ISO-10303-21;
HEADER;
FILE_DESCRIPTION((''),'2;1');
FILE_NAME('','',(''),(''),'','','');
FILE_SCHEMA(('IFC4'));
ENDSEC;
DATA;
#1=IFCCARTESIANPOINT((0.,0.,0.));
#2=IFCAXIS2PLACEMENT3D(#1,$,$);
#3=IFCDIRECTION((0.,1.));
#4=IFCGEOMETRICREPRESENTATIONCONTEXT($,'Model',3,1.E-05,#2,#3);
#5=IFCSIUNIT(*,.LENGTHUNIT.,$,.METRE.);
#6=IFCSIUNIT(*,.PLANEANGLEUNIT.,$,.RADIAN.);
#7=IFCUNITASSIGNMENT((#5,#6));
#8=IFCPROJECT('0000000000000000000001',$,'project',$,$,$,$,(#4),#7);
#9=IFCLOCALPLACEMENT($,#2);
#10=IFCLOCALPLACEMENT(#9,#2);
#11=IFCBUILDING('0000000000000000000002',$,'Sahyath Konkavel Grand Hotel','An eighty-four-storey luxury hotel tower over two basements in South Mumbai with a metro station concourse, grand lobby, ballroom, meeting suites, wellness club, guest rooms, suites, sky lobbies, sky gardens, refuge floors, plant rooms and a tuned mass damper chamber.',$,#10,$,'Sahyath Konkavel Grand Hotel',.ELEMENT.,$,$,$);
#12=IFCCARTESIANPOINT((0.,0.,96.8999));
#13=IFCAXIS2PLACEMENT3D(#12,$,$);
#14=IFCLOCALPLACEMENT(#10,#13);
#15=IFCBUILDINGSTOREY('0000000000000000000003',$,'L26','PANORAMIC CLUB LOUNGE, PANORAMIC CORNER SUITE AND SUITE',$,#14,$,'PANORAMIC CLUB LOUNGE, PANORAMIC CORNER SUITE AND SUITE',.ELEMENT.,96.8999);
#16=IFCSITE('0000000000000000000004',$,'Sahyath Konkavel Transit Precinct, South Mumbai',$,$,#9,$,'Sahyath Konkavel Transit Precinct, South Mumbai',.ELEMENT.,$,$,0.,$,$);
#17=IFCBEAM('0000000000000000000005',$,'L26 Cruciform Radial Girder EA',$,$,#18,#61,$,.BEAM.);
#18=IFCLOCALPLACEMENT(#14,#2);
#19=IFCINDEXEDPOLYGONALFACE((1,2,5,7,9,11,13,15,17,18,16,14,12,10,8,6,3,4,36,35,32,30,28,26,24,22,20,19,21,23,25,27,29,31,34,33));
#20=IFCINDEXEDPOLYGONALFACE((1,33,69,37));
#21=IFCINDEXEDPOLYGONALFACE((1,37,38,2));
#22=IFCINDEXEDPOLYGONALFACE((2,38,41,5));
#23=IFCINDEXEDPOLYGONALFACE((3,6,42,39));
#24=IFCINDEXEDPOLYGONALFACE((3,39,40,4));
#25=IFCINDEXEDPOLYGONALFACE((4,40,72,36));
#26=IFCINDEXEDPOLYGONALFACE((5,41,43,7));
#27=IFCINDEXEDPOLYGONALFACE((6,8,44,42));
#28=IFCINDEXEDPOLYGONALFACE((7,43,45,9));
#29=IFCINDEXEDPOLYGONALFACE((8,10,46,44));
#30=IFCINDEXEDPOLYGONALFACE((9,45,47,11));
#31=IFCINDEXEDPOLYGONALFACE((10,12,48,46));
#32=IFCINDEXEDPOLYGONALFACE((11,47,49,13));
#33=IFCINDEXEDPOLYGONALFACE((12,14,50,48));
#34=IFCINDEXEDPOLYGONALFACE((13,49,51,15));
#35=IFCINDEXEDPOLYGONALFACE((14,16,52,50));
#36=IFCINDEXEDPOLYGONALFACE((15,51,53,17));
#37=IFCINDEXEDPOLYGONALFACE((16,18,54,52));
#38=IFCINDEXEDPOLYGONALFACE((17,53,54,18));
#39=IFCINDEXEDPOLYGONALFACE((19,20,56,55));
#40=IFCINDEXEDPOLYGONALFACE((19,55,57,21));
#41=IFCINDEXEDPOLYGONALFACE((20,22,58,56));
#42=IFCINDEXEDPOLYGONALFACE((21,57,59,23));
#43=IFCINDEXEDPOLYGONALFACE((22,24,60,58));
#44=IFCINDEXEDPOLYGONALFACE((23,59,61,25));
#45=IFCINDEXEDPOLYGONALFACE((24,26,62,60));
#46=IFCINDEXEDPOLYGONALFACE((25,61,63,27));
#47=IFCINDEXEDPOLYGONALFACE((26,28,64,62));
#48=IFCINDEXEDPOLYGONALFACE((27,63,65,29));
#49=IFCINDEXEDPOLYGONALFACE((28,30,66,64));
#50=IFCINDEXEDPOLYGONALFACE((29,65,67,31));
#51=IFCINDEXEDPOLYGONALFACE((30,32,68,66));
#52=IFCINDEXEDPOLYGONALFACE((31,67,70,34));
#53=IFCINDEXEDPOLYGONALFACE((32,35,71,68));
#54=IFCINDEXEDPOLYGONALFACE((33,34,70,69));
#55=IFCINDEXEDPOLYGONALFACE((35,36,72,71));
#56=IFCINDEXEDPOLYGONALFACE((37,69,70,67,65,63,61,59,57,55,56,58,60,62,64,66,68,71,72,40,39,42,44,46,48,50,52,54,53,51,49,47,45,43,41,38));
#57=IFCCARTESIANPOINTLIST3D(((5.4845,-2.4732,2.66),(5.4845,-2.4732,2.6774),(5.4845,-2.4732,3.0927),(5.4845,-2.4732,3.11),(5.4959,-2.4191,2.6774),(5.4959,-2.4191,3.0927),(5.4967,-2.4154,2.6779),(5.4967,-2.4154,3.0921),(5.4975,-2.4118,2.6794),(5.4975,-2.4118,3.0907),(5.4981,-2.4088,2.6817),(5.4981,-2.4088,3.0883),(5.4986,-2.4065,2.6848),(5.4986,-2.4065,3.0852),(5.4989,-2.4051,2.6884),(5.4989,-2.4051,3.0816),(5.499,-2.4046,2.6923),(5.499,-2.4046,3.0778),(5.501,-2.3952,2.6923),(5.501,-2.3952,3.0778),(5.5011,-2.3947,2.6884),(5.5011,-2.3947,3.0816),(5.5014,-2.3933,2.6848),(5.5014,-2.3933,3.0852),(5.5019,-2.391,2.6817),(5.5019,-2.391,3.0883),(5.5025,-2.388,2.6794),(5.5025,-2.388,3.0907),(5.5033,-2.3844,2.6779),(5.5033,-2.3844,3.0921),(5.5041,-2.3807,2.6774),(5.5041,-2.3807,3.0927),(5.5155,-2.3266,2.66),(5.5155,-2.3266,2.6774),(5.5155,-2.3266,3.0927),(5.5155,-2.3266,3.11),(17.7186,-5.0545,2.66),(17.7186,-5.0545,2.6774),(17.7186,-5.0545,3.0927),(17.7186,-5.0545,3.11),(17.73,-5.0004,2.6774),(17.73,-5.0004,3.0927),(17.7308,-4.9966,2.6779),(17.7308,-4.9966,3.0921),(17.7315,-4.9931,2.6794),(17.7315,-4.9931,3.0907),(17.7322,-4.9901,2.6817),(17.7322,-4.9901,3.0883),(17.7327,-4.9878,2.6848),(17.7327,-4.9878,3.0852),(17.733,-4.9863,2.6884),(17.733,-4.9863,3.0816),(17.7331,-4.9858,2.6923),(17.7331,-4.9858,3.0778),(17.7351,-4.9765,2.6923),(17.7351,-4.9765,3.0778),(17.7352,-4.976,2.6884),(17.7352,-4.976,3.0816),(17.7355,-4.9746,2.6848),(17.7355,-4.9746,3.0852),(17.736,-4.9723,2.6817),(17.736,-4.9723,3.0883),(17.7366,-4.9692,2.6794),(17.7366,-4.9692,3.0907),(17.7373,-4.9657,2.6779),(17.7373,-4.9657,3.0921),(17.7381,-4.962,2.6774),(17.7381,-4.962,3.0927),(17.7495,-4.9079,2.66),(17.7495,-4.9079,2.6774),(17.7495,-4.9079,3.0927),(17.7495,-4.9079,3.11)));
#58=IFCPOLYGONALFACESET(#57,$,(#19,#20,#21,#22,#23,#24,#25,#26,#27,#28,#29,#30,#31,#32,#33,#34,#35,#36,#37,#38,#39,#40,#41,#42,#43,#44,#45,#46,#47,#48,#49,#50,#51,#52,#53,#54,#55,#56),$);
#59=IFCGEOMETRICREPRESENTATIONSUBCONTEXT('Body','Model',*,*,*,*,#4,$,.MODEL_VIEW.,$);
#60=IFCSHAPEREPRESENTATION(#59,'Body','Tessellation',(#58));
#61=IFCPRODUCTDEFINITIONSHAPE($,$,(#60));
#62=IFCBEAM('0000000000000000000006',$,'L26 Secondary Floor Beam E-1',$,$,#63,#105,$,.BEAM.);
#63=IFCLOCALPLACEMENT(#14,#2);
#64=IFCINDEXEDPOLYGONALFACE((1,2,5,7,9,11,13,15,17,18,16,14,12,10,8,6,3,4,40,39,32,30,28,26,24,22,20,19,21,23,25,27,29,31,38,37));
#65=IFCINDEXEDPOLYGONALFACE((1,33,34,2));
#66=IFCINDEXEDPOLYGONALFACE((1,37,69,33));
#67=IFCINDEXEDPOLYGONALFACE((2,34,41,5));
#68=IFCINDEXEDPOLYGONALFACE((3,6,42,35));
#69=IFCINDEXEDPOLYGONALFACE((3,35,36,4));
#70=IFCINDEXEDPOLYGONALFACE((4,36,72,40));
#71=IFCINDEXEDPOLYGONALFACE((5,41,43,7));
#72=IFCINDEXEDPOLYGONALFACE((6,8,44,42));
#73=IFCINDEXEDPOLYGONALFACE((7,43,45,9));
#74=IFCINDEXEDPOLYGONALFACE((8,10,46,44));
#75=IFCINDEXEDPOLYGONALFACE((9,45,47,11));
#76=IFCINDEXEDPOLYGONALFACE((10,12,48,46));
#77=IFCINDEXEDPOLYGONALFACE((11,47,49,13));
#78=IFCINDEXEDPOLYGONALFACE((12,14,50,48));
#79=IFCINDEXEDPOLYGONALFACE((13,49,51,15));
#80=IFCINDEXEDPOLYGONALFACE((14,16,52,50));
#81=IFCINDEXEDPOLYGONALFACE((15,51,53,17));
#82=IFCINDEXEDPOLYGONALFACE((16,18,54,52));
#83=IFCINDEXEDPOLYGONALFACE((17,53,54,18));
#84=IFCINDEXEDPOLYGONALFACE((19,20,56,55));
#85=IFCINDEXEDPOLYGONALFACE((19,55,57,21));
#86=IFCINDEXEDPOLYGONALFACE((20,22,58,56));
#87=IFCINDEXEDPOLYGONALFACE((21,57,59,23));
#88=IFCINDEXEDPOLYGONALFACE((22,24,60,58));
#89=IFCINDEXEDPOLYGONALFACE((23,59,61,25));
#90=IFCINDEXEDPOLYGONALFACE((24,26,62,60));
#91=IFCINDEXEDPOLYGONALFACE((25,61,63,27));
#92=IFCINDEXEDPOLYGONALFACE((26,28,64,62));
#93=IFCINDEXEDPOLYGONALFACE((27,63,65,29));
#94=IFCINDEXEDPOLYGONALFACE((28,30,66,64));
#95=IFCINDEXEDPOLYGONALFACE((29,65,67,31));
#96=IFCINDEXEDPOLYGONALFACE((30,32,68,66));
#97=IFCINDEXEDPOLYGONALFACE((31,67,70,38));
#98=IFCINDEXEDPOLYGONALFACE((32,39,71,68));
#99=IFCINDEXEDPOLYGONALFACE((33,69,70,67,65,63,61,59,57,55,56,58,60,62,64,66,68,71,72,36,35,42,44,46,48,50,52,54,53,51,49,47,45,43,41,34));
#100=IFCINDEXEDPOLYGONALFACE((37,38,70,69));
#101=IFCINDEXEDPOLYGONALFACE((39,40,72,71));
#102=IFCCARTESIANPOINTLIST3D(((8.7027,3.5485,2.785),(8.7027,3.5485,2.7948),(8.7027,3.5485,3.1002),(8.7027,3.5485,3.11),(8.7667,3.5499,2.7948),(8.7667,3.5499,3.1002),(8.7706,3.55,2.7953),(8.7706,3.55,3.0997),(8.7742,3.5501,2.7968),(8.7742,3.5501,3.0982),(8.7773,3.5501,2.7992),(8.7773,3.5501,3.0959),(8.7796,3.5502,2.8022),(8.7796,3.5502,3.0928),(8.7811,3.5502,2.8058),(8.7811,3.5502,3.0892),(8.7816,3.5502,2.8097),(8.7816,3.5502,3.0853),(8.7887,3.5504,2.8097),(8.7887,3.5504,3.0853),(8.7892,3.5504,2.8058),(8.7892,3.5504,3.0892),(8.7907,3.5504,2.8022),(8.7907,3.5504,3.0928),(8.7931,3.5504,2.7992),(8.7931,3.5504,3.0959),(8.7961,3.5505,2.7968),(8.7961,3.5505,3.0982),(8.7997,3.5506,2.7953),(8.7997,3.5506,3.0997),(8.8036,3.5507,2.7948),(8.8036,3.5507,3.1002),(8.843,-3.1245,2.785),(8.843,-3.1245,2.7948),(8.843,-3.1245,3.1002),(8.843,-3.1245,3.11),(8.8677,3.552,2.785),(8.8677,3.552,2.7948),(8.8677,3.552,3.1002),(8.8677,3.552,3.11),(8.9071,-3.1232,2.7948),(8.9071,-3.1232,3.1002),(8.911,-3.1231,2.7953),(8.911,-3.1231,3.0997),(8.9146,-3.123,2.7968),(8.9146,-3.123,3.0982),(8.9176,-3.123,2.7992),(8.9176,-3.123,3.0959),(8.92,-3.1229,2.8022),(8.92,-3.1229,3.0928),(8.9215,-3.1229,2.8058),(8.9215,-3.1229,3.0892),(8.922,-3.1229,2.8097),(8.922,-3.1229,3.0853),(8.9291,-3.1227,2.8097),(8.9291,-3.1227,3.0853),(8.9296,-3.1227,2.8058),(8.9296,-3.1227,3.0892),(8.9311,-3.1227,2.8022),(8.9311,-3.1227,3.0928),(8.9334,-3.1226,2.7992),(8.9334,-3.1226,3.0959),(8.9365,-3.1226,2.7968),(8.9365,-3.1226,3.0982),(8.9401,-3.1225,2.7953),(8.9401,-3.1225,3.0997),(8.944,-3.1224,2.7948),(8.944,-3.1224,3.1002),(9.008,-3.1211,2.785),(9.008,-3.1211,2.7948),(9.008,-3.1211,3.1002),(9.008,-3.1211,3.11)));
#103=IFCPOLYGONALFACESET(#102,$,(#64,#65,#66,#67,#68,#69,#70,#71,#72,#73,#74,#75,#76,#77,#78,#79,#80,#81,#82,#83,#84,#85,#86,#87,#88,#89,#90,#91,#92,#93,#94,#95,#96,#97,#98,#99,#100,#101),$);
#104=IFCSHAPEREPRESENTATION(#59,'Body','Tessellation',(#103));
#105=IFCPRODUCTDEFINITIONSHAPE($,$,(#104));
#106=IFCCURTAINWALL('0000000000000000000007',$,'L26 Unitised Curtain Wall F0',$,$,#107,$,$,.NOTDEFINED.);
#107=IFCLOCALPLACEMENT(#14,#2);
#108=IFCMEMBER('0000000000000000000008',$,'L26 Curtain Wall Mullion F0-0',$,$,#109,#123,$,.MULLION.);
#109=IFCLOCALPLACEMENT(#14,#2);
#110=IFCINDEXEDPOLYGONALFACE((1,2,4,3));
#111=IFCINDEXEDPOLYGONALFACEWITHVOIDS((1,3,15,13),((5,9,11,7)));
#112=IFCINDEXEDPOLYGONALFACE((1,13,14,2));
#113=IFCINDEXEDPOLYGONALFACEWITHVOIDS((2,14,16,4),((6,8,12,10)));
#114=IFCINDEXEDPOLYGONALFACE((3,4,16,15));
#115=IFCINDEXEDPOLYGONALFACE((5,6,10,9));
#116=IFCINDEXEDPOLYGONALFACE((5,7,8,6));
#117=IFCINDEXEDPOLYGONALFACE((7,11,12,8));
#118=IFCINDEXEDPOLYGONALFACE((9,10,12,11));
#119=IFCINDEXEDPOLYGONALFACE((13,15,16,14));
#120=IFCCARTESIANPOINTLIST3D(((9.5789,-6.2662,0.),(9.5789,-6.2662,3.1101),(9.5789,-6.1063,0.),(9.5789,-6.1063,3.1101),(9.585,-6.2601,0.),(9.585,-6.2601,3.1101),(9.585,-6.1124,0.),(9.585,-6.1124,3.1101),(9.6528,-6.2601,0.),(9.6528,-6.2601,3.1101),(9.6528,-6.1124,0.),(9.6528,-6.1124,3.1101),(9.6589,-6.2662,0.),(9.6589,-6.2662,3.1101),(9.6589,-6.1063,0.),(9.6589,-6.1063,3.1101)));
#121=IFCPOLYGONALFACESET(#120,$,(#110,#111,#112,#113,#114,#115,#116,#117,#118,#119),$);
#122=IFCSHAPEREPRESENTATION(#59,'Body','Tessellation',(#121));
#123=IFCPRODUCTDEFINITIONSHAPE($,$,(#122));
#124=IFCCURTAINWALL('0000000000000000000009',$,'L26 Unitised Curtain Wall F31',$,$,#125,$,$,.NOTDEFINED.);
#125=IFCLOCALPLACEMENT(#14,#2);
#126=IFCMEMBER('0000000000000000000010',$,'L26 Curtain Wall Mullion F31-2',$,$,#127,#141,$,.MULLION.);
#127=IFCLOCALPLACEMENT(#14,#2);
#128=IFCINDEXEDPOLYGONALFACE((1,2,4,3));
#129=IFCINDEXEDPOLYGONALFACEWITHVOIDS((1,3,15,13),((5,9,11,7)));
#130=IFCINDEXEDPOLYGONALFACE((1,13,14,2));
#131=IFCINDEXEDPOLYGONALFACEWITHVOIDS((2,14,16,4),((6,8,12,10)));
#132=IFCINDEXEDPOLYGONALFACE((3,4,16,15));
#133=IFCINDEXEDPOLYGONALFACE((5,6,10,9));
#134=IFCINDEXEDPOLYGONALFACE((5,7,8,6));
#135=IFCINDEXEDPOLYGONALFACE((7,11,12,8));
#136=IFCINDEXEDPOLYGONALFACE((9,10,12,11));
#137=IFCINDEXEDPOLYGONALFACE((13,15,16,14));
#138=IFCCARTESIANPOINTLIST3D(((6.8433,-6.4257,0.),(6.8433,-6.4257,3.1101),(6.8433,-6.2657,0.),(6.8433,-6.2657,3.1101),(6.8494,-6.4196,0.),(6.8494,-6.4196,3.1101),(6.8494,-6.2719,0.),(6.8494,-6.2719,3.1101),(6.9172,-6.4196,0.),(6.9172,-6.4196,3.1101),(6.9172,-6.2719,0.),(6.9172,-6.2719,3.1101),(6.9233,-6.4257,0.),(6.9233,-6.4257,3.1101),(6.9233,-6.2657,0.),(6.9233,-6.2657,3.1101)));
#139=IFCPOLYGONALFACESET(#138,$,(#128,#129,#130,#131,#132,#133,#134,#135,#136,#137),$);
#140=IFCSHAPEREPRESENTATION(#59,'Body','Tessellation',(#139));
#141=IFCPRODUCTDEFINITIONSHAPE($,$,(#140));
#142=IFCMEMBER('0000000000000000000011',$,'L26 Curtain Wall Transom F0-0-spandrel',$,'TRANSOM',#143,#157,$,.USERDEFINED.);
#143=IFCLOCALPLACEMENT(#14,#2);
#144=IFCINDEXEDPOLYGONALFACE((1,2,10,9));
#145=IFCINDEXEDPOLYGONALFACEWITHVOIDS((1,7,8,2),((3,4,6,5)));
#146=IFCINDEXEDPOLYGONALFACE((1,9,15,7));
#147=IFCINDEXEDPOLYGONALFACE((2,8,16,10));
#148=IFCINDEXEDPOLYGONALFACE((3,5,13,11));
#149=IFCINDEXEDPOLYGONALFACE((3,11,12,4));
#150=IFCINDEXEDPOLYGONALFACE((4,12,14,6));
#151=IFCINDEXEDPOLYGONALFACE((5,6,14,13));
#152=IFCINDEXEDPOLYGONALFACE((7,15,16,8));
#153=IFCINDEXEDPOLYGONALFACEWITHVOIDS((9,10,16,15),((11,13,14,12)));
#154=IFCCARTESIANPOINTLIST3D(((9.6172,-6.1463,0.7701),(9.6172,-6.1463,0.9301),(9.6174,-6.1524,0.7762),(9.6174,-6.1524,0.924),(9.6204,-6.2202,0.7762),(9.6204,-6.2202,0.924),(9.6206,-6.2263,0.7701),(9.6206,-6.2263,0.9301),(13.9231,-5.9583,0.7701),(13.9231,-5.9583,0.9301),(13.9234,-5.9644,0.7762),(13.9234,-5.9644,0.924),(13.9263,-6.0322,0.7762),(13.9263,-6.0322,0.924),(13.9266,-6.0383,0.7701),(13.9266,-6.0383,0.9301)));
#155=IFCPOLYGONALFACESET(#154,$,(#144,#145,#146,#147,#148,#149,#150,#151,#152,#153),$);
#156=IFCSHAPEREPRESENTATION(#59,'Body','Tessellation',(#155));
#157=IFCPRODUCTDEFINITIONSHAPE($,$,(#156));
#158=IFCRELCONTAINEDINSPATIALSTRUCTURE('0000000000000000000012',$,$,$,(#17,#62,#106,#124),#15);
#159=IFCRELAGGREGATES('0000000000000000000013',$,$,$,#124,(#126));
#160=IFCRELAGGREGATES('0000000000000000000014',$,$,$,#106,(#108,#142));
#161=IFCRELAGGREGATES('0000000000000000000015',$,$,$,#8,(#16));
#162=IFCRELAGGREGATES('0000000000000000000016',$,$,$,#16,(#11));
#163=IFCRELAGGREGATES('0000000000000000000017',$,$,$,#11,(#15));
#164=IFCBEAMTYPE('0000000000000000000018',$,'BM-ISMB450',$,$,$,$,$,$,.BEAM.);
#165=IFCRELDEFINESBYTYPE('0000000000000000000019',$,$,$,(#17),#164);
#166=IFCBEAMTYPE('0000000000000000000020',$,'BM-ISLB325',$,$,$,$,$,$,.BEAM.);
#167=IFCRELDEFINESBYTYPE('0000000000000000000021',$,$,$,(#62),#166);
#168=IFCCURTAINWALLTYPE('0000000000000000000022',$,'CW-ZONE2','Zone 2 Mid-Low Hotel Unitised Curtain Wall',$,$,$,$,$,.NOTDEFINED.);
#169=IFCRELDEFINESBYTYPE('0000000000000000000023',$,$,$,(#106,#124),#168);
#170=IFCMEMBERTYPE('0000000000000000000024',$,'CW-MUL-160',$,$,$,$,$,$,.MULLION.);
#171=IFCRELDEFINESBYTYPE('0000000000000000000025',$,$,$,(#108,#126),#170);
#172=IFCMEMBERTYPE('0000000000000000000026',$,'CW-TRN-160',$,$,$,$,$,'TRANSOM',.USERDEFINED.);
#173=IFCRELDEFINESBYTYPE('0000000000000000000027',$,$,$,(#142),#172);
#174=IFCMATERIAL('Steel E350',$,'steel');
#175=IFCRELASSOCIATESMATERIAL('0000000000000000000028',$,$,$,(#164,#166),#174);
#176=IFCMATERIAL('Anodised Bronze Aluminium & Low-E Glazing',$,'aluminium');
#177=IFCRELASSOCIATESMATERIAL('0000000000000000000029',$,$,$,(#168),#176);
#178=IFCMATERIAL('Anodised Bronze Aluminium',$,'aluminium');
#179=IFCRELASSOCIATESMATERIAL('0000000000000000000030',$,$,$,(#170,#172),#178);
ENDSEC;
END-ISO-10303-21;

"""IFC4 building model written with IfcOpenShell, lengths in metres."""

from ifc_helpers import new_model, si_unit, direction, frame, origin, origin_2d, place, context, subcontext, project, spatial, hollow_rectangle, i_section, extrude, source, transform, mapped, material, material_profile, profile_set, type_object, element, aggregate, save


model = new_model("IFC4")

# Units and contexts
model_context = context("Model", 3, precision=1e-05, world=origin(), true_north=direction((0.0, 1.0)))
body_context = subcontext(model_context, "Body", "Model", "MODEL_VIEW")
ifc_project = project(units=[si_unit("LENGTHUNIT", "METRE"), si_unit("PLANEANGLEUNIT", "RADIAN")], contexts=[model_context])

# Site, building, storey
site_placement = place(None, origin())
site = spatial("IfcSite", under=ifc_project, at=site_placement, Name="Sahyath Konkavel Transit Precinct, South Mumbai", LongName="Sahyath Konkavel Transit Precinct, South Mumbai", CompositionType="ELEMENT", RefElevation=0.0)
building_placement = place(site_placement, origin())
building = spatial("IfcBuilding", under=site, at=building_placement, Name="Sahyath Konkavel Grand Hotel", Description="An eighty-four-storey luxury hotel tower over two basements in South Mumbai with a metro station concourse, grand lobby, ballroom, meeting suites, wellness club, guest rooms, suites, sky lobbies, sky gardens, refuge floors, plant rooms and a tuned mass damper chamber.", LongName="Sahyath Konkavel Grand Hotel", CompositionType="ELEMENT")
storey_placement = place(building_placement, frame((0.0, 0.0, 96.8999)))
storey = spatial("IfcBuildingStorey", under=building, at=storey_placement, Name="L26", Description="PANORAMIC CLUB LOUNGE, PANORAMIC CORNER SUITE AND SUITE", LongName="PANORAMIC CLUB LOUNGE, PANORAMIC CORNER SUITE AND SUITE", CompositionType="ELEMENT", Elevation=96.8999)

# Beams
ifc_material_1 = material(Name="Steel E350", Category="steel")
ifc_material_profile_1 = material_profile(ifc_material_1, i_section(OverallWidth=0.1499, OverallDepth=0.45, WebThickness=0.0095, FlangeThickness=0.0173, FilletRadius=0.0149, at=origin_2d()), Name="ISMB 450")
ifc_profile_set_1 = profile_set([ifc_material_profile_1], Name="Steel E350")
beam_type_1 = type_object("IfcBeamType", Name="BM-ISMB450", PredefinedType="BEAM", material=ifc_profile_set_1)
shared_shape_1 = source(origin(), body_context, "Body", "SweptSolid", [
    extrude(i_section(OverallWidth=0.1499, OverallDepth=0.45, WebThickness=0.0095, FlangeThickness=0.0173, FilletRadius=0.0149, at=origin_2d()), origin(), (0.0, 0.0, 1.0), 12.5034),
])
beam_1_placement = place(storey_placement, frame((5.5, -2.3999, 2.885), z_axis=(0.978458, -0.206446, 0.0), x_axis=(0.206446, 0.978458, 0.0)))
element("IfcBeam", 1, at=beam_1_placement, inside=storey, type_object=beam_type_1, Name="L26 Cruciform Radial Girder EA", PredefinedType="BEAM", context=body_context, shape_type="MappedRepresentation", body=[
    mapped(shared_shape_1, transform((0.0, 0.0, 0.0), scale=1.0)),
])
ifc_material_profile_2 = material_profile(ifc_material_1, i_section(OverallWidth=0.165, OverallDepth=0.325, WebThickness=0.0071, FlangeThickness=0.0098, FilletRadius=0.0149, at=origin_2d()), Name="ISLB 325")
ifc_profile_set_2 = profile_set([ifc_material_profile_2], Name="Steel E350")
beam_type_2 = type_object("IfcBeamType", Name="BM-ISLB325", PredefinedType="BEAM", material=ifc_profile_set_2)
shared_shape_2 = source(origin(), body_context, "Body", "SweptSolid", [
    extrude(i_section(OverallWidth=0.165, OverallDepth=0.325, WebThickness=0.0071, FlangeThickness=0.0098, FilletRadius=0.0149, at=origin_2d()), origin(), (0.0, 0.0, 1.0), 6.6746),
])
beam_2_placement = place(storey_placement, frame((8.9255, -3.1228, 2.9475), z_axis=(-0.021032, 0.999779, 0.0), x_axis=(-0.999779, -0.021032, 0.0)))
element("IfcBeam", 2, at=beam_2_placement, inside=storey, type_object=beam_type_2, Name="L26 Secondary Floor Beam E-1", PredefinedType="BEAM", context=body_context, shape_type="MappedRepresentation", body=[
    mapped(shared_shape_2, transform((0.0, 0.0, 0.0), scale=1.0)),
])

# Curtain walls, members
ifc_material_2 = material(Name="Anodised Bronze Aluminium & Low-E Glazing", Category="aluminium")
curtain_wall_type = type_object("IfcCurtainWallType", Name="CW-ZONE2", Description="Zone 2 Mid-Low Hotel Unitised Curtain Wall", PredefinedType="NOTDEFINED", material=ifc_material_2)
curtain_wall_1_placement = place(storey_placement, origin())
curtain_wall_1 = element("IfcCurtainWall", 3, at=curtain_wall_1_placement, inside=storey, type_object=curtain_wall_type, Name="L26 Unitised Curtain Wall F0", PredefinedType="NOTDEFINED")
ifc_material_3 = material(Name="Anodised Bronze Aluminium", Category="aluminium")
ifc_material_profile_3 = material_profile(ifc_material_3, hollow_rectangle(XDim=0.0801, YDim=0.1599, WallThickness=0.0061, at=origin_2d()), Name="RHS 160x80x6")
ifc_profile_set_3 = profile_set([ifc_material_profile_3], Name="Anodised Bronze Aluminium")
member_type_1 = type_object("IfcMemberType", Name="CW-MUL-160", PredefinedType="MULLION", material=ifc_profile_set_3)
shared_shape_3 = source(origin(), body_context, "Body", "SweptSolid", [
    extrude(hollow_rectangle(XDim=0.0801, YDim=0.1599, WallThickness=0.0061, at=origin_2d()), origin(), (0.0, 0.0, 1.0), 3.1101),
])
member_1_placement = place(storey_placement, frame((9.6189, -6.1863, 0.0), z_axis=(0.0, 0.0, 1.0), x_axis=(1.0, 0.0, 0.0)))
member_1 = element("IfcMember", 4, at=member_1_placement, type_object=member_type_1, Name="L26 Curtain Wall Mullion F0-0", PredefinedType="MULLION", context=body_context, shape_type="MappedRepresentation", body=[
    mapped(shared_shape_3, transform((0.0, 0.0, 0.0), scale=1.0)),
])
curtain_wall_2_placement = place(storey_placement, origin())
curtain_wall_2 = element("IfcCurtainWall", 5, at=curtain_wall_2_placement, inside=storey, type_object=curtain_wall_type, Name="L26 Unitised Curtain Wall F31", PredefinedType="NOTDEFINED")
member_2_placement = place(storey_placement, frame((6.8833, -6.3457, 0.0), z_axis=(0.0, 0.0, 1.0), x_axis=(1.0, 0.0, 0.0)))
member_2 = element("IfcMember", 6, at=member_2_placement, type_object=member_type_1, Name="L26 Curtain Wall Mullion F31-2", PredefinedType="MULLION", context=body_context, shape_type="MappedRepresentation", body=[
    mapped(shared_shape_3, transform((0.0, 0.0, 0.0), scale=1.0)),
])
aggregate(curtain_wall_2, [member_2])

# Member
ifc_material_profile_4 = material_profile(ifc_material_3, hollow_rectangle(XDim=0.0801, YDim=0.1599, WallThickness=0.0061, at=origin_2d()), Name="RHS 160x80x6")
ifc_profile_set_4 = profile_set([ifc_material_profile_4], Name="Anodised Bronze Aluminium")
member_type_2 = type_object("IfcMemberType", Name="CW-TRN-160", ElementType="TRANSOM", PredefinedType="USERDEFINED", material=ifc_profile_set_4)
shared_shape_4 = source(origin(), body_context, "Body", "SweptSolid", [
    extrude(hollow_rectangle(XDim=0.0801, YDim=0.1599, WallThickness=0.0061, at=origin_2d()), origin(), (0.0, 0.0, 1.0), 4.3101),
])
member_3_placement = place(storey_placement, frame((9.6189, -6.1863, 0.8501), z_axis=(0.999048, 0.043617, 0.0), x_axis=(-0.043617, 0.999048, 0.0)))
member_3 = element("IfcMember", 7, at=member_3_placement, type_object=member_type_2, Name="L26 Curtain Wall Transom F0-0-spandrel", ObjectType="TRANSOM", PredefinedType="USERDEFINED", context=body_context, shape_type="MappedRepresentation", body=[
    mapped(shared_shape_4, transform((0.0, 0.0, 0.0), scale=1.0)),
])
aggregate(curtain_wall_1, [member_1, member_3])

save(model, "model.ifc")
